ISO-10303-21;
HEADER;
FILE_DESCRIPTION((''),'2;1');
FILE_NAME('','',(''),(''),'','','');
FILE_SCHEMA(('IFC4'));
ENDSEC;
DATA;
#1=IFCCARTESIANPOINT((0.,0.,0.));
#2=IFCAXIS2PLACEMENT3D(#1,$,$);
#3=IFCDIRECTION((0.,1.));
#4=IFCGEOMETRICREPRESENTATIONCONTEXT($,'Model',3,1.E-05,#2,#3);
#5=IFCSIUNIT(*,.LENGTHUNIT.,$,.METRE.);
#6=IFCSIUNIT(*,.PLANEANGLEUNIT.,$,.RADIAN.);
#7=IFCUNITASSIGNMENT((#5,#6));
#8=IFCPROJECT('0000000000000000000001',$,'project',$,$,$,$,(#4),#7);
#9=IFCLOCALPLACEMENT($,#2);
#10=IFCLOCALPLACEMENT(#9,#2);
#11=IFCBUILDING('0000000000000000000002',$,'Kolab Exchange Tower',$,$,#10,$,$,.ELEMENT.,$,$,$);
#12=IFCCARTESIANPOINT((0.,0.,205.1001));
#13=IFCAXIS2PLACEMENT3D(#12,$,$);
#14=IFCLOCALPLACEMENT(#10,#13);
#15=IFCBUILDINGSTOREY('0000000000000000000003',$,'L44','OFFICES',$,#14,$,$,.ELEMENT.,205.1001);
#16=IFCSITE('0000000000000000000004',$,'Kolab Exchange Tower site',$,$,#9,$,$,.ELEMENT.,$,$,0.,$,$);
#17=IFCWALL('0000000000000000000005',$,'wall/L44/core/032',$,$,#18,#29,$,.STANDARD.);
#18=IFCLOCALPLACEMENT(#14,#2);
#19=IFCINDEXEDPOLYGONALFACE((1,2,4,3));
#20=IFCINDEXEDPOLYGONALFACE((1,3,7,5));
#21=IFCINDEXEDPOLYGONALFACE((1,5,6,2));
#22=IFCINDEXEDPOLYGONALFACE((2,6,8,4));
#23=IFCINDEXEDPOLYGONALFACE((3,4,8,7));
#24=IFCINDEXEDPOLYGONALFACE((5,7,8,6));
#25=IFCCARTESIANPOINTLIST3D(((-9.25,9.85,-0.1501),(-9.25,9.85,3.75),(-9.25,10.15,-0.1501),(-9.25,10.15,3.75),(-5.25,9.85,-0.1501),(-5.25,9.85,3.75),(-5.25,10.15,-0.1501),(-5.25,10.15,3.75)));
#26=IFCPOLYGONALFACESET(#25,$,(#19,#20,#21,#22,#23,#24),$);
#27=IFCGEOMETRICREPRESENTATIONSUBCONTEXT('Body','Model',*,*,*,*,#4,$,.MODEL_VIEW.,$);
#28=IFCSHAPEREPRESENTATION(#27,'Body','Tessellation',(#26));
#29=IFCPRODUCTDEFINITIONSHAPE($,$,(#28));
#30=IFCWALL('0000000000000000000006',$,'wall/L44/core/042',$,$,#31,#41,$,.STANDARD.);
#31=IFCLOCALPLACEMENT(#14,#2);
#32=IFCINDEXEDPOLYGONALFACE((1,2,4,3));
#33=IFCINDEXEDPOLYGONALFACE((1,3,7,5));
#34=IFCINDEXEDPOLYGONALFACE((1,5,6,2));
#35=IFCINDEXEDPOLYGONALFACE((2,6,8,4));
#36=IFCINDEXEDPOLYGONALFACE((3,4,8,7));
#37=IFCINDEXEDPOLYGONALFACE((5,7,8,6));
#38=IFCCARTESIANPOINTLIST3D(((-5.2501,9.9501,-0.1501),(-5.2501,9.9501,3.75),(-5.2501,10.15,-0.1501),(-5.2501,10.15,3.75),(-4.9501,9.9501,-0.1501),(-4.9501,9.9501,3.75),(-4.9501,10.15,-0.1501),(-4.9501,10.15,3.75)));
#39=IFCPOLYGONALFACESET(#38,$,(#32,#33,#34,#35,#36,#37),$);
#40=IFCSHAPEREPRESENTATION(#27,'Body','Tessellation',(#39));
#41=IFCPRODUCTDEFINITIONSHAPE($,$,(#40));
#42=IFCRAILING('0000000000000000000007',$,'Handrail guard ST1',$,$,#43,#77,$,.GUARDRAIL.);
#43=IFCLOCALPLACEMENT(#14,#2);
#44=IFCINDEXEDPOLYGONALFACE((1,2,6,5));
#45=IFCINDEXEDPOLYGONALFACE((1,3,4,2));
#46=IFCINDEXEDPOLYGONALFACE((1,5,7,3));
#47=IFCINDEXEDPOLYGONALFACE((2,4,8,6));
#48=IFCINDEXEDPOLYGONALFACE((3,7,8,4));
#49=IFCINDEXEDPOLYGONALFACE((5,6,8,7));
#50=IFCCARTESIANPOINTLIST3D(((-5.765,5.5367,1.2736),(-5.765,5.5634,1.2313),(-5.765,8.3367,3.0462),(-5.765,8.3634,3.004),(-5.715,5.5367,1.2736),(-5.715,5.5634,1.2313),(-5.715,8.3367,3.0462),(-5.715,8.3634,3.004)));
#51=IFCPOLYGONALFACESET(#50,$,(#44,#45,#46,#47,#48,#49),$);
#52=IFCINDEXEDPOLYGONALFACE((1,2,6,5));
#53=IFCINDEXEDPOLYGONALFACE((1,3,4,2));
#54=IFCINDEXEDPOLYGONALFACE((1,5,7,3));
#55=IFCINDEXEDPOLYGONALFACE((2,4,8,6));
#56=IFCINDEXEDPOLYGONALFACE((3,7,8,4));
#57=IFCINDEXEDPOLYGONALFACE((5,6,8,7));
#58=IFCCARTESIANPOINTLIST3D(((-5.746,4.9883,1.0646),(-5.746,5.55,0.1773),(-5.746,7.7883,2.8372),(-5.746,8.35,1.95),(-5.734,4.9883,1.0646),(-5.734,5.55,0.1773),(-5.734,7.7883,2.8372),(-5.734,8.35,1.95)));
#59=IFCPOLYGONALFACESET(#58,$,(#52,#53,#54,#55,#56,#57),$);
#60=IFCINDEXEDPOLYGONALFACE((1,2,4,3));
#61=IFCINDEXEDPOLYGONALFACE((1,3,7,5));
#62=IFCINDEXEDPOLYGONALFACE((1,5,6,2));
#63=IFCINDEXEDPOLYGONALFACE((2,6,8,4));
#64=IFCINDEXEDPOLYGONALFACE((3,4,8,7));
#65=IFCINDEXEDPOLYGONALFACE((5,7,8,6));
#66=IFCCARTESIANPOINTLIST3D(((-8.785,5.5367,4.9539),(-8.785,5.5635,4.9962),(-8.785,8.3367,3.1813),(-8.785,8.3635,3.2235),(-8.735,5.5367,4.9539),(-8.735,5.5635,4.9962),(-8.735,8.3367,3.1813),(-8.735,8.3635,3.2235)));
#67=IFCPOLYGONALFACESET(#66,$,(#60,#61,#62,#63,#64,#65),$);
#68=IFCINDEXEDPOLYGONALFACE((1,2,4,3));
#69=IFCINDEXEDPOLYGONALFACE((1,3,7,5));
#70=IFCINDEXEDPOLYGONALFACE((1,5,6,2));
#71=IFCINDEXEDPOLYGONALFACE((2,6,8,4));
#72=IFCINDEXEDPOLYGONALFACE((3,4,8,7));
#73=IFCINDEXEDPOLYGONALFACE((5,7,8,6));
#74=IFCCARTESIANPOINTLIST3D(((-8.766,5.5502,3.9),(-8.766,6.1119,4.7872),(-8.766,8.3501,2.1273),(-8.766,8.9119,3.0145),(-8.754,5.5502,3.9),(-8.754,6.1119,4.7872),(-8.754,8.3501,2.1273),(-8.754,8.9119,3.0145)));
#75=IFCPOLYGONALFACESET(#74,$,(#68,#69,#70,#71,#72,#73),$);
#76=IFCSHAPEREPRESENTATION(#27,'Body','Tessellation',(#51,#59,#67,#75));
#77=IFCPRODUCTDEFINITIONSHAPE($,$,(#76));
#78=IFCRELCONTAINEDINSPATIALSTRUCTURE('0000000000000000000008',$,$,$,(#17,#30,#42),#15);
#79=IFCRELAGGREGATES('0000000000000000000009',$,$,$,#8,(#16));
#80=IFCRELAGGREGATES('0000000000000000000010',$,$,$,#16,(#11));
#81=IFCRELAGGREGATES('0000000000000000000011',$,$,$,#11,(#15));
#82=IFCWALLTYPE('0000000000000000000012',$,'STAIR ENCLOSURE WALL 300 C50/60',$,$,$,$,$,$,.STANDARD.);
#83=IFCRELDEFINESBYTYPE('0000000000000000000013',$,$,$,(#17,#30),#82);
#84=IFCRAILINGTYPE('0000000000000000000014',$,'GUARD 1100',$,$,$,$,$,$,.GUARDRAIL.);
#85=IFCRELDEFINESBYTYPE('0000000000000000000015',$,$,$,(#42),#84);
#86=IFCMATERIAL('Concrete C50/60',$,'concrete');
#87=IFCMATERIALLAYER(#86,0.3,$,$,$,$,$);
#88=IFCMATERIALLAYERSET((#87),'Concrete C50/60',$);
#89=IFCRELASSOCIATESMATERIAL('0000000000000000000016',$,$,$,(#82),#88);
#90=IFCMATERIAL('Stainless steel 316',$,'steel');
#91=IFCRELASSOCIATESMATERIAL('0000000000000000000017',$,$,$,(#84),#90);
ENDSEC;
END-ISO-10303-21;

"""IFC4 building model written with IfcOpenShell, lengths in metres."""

from ifc_helpers import new_model, si_unit, direction, frame, frame_2d, origin, origin_2d, place, context, subcontext, project, spatial, rectangle, extrude, material, layer, layer_set, type_object, element, save


model = new_model("IFC4")

# Units and contexts
model_context = context("Model", 3, precision=1e-05, world=origin(), true_north=direction((0.0, 1.0)))
body_context = subcontext(model_context, "Body", "Model", "MODEL_VIEW")
ifc_project = project(units=[si_unit("LENGTHUNIT", "METRE"), si_unit("PLANEANGLEUNIT", "RADIAN")], contexts=[model_context])

# Site, building, storey
site_placement = place(None, origin())
site = spatial("IfcSite", under=ifc_project, at=site_placement, Name="Kolab Exchange Tower site", CompositionType="ELEMENT", RefElevation=0.0)
building_placement = place(site_placement, origin())
building = spatial("IfcBuilding", under=site, at=building_placement, Name="Kolab Exchange Tower", CompositionType="ELEMENT")
storey_placement = place(building_placement, frame((0.0, 0.0, 205.1001)))
storey = spatial("IfcBuildingStorey", under=building, at=storey_placement, Name="L44", Description="OFFICES", CompositionType="ELEMENT", Elevation=205.1001)

# Shared definitions
ifc_material_1 = material(Name="Concrete C50/60", Category="concrete")
ifc_material_2 = material(Name="Stainless steel 316", Category="steel")

# Walls
ifc_layer_1 = layer(ifc_material_1, 0.3)
ifc_layer_set_1 = layer_set([ifc_layer_1], Name="Concrete C50/60")
wall_type_1 = type_object("IfcWallType", Name="STAIR ENCLOSURE WALL 300 C50/60", PredefinedType="STANDARD", material=ifc_layer_set_1)
wall_1_placement = place(storey_placement, frame((-9.25, 10.0, -0.1501), z_axis=(0.0, 0.0, 1.0), x_axis=(1.0, 0.0, 0.0)))
element("IfcWall", 1, at=wall_1_placement, inside=storey, type_object=wall_type_1, Name="wall/L44/core/032", PredefinedType="STANDARD", context=body_context, shape_type="SweptSolid", body=[
    extrude(rectangle(XDim=4.0, YDim=0.3, at=frame_2d((2.0, 0.0))), origin(), (0.0, 0.0, 1.0), 3.9001),
])
wall_2_placement = place(storey_placement, frame((-5.1001, 9.95, -0.1501), z_axis=(0.0, 0.0, 1.0), x_axis=(0.0, 1.0, 0.0)))
element("IfcWall", 2, at=wall_2_placement, inside=storey, type_object=wall_type_1, Name="wall/L44/core/042", PredefinedType="STANDARD", context=body_context, shape_type="SweptSolid", body=[
    extrude(rectangle(XDim=0.2, YDim=0.3, at=frame_2d((0.1001, 0.0))), origin(), (0.0, 0.0, 1.0), 3.9001),
])

# Railing
railing_type = type_object("IfcRailingType", Name="GUARD 1100", PredefinedType="GUARDRAIL", material=ifc_material_2)
railing_placement = place(storey_placement, frame((-5.74, 5.55, 0.1772)))
element("IfcRailing", 3, at=railing_placement, inside=storey, type_object=railing_type, Name="Handrail guard ST1", PredefinedType="GUARDRAIL", context=body_context, shape_type="SweptSolid", body=[
    extrude(rectangle(XDim=0.05, YDim=0.05, at=origin_2d()), frame((0.0, 0.0, 1.0752), z_axis=(0.0, 0.844909, 0.53491), x_axis=(-1.0, 0.0, 0.0)), (0.0, 0.0, 1.0), 3.314),
    extrude(rectangle(XDim=0.012, YDim=1.0501, at=frame_2d((0.0, 0.5251))), frame((0.0, 0.0, 0.0), z_axis=(0.0, 0.844909, 0.53491), x_axis=(-1.0, 0.0, 0.0)), (0.0, 0.0, 1.0), 3.314),
    extrude(rectangle(XDim=0.05, YDim=0.05, at=origin_2d()), frame((-3.02, 2.8, 3.0251), z_axis=(0.0, -0.844909, 0.53491), x_axis=(1.0, 0.0, 0.0)), (0.0, 0.0, 1.0), 3.314),
    extrude(rectangle(XDim=0.012, YDim=1.0501, at=frame_2d((0.0, 0.5251))), frame((-3.02, 2.8, 1.95), z_axis=(0.0, -0.844909, 0.53491), x_axis=(1.0, 0.0, 0.0)), (0.0, 0.0, 1.0), 3.314),
])

save(model, "model.ifc")
